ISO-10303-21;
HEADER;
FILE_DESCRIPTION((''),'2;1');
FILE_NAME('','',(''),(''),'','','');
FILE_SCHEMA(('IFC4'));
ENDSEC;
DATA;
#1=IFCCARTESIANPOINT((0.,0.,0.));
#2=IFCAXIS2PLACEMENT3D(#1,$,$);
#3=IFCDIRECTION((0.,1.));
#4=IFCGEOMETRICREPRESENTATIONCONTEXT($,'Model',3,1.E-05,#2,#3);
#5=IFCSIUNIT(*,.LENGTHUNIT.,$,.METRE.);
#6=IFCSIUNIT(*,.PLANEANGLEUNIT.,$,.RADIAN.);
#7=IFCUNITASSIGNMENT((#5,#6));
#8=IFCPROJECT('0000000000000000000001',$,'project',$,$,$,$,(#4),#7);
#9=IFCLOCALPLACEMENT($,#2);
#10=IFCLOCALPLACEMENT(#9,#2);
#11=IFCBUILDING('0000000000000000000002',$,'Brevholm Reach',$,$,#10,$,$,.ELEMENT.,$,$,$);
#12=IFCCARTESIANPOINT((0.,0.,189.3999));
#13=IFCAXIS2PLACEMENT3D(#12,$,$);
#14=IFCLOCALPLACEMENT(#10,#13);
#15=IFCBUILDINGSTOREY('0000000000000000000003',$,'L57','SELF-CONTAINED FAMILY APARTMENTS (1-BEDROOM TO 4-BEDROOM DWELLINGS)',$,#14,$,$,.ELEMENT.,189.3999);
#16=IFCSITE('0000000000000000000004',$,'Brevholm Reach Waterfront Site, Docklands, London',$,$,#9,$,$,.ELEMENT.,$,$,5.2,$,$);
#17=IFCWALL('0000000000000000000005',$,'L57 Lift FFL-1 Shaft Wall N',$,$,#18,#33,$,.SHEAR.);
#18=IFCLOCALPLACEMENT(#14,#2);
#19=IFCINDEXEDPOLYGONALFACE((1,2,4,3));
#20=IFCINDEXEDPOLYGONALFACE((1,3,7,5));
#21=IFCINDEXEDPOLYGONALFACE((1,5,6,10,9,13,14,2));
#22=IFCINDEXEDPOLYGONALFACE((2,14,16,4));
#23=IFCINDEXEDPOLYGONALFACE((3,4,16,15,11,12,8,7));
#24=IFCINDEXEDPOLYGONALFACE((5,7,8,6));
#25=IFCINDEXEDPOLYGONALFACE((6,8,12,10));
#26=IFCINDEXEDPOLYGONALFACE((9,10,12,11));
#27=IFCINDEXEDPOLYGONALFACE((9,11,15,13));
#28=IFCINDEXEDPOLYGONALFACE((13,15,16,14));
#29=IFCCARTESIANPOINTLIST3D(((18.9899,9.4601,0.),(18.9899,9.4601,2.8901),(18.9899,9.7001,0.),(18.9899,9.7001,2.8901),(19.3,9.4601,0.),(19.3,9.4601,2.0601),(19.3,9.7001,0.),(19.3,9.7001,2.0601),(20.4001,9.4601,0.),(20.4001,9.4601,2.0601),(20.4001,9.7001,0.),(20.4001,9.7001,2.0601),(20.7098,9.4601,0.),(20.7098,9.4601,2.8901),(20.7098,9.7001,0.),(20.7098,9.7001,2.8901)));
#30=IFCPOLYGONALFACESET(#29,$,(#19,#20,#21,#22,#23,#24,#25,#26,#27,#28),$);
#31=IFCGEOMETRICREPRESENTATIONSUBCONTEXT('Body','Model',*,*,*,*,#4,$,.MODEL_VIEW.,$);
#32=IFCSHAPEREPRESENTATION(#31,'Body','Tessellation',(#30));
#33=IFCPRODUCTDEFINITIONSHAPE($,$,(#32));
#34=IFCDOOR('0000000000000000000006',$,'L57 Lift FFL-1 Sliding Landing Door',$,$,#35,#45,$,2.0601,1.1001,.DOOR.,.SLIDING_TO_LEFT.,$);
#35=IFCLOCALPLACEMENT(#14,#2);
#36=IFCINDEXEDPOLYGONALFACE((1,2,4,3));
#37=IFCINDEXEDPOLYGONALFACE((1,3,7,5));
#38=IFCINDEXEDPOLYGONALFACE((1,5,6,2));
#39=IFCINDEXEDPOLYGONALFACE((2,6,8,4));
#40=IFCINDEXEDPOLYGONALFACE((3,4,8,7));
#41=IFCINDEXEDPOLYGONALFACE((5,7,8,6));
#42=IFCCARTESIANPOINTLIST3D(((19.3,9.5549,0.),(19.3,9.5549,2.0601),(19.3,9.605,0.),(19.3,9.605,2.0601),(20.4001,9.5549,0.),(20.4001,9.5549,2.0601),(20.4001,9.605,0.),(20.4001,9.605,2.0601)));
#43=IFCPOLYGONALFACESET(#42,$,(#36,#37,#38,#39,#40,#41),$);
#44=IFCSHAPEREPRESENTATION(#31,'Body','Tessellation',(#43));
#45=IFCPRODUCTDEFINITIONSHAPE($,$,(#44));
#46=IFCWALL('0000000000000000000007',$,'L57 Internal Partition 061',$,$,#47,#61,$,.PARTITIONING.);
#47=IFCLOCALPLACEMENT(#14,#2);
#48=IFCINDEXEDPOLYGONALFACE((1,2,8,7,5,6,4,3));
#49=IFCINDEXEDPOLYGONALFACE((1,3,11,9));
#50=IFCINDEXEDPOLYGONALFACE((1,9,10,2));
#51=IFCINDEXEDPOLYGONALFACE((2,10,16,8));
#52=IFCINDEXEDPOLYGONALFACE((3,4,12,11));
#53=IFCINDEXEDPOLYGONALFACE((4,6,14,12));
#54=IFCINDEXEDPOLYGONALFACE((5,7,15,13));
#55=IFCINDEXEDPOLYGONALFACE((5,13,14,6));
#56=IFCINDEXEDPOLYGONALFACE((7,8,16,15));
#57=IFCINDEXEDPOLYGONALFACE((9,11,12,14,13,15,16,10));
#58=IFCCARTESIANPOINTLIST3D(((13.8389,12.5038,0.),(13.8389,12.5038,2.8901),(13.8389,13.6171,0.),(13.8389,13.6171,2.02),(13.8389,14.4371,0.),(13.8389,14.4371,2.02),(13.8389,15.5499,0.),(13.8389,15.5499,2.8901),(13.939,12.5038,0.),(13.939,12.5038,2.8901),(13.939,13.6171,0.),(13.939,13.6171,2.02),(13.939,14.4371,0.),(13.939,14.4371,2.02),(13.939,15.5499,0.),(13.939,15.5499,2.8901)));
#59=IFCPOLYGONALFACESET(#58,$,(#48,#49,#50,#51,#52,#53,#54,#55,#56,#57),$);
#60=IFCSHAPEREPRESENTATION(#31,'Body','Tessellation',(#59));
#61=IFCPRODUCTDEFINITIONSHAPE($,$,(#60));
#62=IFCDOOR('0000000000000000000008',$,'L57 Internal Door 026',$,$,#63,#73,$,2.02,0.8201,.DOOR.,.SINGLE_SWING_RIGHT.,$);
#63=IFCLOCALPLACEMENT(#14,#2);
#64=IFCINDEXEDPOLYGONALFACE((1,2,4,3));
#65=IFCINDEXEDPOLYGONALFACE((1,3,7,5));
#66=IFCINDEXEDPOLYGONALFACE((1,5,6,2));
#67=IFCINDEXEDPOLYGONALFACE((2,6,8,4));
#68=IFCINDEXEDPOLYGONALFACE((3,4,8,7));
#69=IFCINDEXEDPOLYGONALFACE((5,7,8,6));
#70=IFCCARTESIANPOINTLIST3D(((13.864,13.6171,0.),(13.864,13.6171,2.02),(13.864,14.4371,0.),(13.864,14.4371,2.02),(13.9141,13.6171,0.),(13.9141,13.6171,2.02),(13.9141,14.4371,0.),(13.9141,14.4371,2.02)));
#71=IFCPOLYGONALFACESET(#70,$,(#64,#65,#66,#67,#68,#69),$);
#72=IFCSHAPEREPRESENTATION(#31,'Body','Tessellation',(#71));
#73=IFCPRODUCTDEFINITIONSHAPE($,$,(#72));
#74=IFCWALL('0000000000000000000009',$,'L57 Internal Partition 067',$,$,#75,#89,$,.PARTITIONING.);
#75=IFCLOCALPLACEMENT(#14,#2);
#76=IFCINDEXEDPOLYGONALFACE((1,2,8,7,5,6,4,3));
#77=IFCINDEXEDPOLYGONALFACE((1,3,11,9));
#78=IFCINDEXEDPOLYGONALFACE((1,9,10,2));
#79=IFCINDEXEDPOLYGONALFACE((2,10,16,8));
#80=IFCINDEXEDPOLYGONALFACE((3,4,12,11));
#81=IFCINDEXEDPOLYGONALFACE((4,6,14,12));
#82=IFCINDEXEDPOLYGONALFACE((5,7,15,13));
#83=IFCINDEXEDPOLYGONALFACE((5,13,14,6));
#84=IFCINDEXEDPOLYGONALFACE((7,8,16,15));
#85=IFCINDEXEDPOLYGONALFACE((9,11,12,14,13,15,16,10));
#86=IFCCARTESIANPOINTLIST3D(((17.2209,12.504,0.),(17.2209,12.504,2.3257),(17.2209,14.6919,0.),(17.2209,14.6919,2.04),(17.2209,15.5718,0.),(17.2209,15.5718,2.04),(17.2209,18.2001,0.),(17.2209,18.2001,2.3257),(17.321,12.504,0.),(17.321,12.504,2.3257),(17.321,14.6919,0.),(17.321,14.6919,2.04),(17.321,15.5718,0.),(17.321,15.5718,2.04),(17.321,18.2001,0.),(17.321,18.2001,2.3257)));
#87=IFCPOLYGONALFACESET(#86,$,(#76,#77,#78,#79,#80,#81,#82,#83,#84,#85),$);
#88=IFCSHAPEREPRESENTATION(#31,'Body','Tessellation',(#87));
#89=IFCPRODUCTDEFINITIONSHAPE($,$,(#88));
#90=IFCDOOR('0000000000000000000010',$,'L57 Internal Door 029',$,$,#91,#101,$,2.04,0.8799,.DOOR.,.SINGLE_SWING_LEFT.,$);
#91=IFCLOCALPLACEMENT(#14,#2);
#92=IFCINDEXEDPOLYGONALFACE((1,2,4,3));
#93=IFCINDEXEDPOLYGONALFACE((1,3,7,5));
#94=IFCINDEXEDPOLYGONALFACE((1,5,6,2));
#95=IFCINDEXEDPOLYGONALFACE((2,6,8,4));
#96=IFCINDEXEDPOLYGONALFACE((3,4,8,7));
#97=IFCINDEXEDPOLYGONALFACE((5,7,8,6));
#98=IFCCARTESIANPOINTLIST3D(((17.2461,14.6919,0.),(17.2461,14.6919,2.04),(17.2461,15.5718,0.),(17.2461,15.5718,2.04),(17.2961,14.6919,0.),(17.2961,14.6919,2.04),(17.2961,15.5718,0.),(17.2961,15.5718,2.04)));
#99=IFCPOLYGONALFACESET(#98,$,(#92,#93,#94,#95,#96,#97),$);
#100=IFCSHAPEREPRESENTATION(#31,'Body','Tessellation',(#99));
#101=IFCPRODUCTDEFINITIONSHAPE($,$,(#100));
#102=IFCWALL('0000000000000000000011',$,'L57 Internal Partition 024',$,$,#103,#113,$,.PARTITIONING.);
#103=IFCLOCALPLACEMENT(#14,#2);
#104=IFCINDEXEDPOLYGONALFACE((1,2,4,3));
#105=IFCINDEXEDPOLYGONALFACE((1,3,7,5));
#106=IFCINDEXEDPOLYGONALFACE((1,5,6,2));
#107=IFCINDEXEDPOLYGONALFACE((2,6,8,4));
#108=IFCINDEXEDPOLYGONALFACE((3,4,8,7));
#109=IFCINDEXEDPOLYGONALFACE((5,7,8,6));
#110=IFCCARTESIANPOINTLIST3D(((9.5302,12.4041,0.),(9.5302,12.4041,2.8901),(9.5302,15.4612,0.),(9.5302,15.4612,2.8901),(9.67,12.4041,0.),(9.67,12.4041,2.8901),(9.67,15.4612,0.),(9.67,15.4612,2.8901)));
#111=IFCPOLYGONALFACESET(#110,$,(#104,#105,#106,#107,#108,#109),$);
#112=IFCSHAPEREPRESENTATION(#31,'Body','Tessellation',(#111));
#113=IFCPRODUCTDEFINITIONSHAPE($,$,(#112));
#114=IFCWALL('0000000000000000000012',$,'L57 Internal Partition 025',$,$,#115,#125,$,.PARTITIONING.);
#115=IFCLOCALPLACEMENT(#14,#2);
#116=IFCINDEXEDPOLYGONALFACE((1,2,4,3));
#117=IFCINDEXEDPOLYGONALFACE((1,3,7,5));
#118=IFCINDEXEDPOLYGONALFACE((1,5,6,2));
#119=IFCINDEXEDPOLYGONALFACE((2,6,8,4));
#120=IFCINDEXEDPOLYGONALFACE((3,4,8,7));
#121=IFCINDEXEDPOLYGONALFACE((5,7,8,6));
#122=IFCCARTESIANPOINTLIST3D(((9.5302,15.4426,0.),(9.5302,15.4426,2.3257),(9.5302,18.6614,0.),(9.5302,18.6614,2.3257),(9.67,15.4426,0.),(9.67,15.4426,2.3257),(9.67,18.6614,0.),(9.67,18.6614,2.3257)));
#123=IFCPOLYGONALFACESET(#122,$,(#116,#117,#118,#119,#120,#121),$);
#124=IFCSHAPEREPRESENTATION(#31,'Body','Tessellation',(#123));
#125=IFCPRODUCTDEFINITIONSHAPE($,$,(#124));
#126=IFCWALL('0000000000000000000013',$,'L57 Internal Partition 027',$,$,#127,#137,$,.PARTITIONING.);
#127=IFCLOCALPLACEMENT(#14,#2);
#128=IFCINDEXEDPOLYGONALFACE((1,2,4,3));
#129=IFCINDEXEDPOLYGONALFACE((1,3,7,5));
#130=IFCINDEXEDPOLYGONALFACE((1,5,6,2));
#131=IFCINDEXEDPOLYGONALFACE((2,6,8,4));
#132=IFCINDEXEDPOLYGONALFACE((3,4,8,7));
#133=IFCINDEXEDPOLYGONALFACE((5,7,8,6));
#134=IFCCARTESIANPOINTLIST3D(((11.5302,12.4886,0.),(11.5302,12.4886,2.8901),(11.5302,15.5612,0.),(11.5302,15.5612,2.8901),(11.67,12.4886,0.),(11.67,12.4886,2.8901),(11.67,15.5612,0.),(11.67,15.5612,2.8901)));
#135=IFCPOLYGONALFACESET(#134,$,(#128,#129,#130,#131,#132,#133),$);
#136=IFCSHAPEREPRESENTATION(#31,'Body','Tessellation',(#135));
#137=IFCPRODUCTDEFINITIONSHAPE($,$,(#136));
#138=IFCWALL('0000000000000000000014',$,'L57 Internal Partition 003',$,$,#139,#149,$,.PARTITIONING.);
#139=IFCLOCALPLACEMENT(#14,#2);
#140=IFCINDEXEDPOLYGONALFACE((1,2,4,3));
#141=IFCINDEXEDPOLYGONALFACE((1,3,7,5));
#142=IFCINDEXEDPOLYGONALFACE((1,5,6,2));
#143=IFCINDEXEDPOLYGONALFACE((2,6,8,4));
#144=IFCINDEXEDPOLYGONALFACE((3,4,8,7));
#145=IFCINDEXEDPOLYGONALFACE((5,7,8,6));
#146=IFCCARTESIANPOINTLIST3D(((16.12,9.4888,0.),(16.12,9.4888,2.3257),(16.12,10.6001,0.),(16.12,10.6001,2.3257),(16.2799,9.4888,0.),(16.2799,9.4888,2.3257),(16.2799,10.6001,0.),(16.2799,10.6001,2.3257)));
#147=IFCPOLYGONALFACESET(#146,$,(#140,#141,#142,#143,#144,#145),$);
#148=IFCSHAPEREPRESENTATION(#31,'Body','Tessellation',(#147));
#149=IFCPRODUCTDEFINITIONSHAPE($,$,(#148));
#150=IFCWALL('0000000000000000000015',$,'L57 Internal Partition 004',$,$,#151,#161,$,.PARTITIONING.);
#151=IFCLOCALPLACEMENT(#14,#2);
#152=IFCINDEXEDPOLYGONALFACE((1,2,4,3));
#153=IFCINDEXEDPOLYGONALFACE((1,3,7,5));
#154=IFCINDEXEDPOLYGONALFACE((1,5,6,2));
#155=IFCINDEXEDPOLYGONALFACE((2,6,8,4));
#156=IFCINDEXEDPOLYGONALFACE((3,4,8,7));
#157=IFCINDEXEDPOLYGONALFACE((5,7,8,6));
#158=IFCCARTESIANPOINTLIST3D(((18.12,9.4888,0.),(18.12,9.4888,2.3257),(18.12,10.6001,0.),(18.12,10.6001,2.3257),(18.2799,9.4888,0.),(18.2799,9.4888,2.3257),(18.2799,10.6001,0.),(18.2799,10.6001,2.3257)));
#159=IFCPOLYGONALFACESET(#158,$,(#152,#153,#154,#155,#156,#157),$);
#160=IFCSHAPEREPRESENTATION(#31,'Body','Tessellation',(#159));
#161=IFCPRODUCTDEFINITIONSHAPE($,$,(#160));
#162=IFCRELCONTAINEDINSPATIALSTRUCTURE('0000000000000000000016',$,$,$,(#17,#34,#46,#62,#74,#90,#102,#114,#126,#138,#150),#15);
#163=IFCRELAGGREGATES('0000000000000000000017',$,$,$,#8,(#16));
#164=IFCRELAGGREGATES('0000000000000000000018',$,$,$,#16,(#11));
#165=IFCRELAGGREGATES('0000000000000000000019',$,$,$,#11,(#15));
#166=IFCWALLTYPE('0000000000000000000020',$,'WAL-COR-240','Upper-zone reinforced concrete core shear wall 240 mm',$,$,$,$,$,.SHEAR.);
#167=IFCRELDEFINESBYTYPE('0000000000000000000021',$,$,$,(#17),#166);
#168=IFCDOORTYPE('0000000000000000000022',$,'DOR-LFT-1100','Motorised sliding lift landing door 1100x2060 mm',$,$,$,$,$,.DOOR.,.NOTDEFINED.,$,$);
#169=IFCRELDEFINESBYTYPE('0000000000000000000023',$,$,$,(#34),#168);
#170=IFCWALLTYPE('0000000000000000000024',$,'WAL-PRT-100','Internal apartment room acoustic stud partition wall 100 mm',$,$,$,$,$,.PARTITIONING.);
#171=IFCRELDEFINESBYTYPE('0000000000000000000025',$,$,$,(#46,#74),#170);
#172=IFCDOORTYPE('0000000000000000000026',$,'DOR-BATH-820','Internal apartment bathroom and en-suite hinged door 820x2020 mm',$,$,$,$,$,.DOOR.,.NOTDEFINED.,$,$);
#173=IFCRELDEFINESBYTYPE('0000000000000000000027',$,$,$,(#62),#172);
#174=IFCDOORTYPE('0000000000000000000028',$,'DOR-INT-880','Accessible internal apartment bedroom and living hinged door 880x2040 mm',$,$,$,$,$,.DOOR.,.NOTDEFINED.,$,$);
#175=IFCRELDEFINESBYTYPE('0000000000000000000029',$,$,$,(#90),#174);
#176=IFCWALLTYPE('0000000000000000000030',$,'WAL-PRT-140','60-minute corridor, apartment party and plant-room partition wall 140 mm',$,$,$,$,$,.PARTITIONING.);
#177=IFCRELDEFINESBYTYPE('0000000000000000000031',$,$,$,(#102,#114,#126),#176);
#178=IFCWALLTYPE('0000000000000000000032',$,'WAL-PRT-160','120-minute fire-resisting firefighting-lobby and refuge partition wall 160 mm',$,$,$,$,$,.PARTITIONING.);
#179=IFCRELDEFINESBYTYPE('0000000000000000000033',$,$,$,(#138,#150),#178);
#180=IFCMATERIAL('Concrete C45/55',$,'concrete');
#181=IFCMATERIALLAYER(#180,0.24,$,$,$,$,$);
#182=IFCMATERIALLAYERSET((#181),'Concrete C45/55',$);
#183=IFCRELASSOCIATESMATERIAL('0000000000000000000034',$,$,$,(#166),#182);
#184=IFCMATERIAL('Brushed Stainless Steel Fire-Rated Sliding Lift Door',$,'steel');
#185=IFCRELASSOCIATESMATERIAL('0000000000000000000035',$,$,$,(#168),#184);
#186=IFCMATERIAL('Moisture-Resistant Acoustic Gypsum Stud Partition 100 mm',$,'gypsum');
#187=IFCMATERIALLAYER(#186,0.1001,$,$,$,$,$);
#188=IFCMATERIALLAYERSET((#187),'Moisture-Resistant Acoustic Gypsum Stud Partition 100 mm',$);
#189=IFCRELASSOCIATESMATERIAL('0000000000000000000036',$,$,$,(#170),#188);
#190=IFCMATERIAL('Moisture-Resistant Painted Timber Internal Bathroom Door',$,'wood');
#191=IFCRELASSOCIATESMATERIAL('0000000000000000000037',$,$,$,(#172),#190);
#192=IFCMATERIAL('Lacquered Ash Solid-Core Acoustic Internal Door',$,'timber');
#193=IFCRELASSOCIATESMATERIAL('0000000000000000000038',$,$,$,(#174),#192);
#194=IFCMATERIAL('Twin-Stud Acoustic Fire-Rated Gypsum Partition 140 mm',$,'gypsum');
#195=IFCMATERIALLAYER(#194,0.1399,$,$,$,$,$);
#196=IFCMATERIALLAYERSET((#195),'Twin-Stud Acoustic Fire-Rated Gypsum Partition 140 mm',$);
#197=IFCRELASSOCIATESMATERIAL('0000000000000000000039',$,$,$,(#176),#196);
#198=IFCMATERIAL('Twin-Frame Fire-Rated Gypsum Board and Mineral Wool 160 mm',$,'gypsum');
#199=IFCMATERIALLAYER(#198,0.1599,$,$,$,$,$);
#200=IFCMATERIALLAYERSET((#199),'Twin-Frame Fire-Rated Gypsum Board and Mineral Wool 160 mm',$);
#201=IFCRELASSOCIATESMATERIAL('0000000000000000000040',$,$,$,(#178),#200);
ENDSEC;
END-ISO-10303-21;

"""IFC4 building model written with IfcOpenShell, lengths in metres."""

from ifc_helpers import new_model, si_unit, direction, frame, frame_2d, origin, place, context, subcontext, project, spatial, rectangle, extrude, material, layer, layer_set, type_object, element, fill, save


model = new_model("IFC4")

# Units and contexts
model_context = context("Model", 3, precision=1e-05, world=origin(), true_north=direction((0.0, 1.0)))
body_context = subcontext(model_context, "Body", "Model", "MODEL_VIEW")
ifc_project = project(units=[si_unit("LENGTHUNIT", "METRE"), si_unit("PLANEANGLEUNIT", "RADIAN")], contexts=[model_context])

# Site, building, storey
site_placement = place(None, origin())
site = spatial("IfcSite", under=ifc_project, at=site_placement, Name="Brevholm Reach Waterfront Site, Docklands, London", CompositionType="ELEMENT", RefElevation=5.2)
building_placement = place(site_placement, origin())
building = spatial("IfcBuilding", under=site, at=building_placement, Name="Brevholm Reach", CompositionType="ELEMENT")
storey_placement = place(building_placement, frame((0.0, 0.0, 189.3999)))
storey = spatial("IfcBuildingStorey", under=building, at=storey_placement, Name="L57", Description="SELF-CONTAINED FAMILY APARTMENTS (1-BEDROOM TO 4-BEDROOM DWELLINGS)", CompositionType="ELEMENT", Elevation=189.3999)

# Walls, openings, doors
ifc_material_1 = material(Name="Concrete C45/55", Category="concrete")
ifc_layer_1 = layer(ifc_material_1, 0.24)
ifc_layer_set_1 = layer_set([ifc_layer_1], Name="Concrete C45/55")
wall_type_1 = type_object("IfcWallType", Name="WAL-COR-240", Description="Upper-zone reinforced concrete core shear wall 240 mm", PredefinedType="SHEAR", material=ifc_layer_set_1)
wall_1_placement = place(storey_placement, frame((18.99, 9.5801, 0.0), z_axis=(0.0, 0.0, 1.0), x_axis=(1.0, 0.0, 0.0)))
wall_1 = element("IfcWall", 1, at=wall_1_placement, inside=storey, type_object=wall_type_1, Name="L57 Lift FFL-1 Shaft Wall N", PredefinedType="SHEAR", context=body_context, shape_type="SweptSolid", body=[
    extrude(rectangle(XDim=1.72, YDim=0.24, at=frame_2d((0.8599, 0.0))), origin(), (0.0, 0.0, 1.0), 2.8901),
])
opening_1_placement = place(wall_1_placement, frame((0.3101, 0.0, 0.0)))
opening_1 = element("IfcOpeningElement", 2, at=opening_1_placement, cuts=wall_1, PredefinedType="OPENING", context=body_context, shape_type="SweptSolid", body=[
    extrude(rectangle(XDim=1.1001, YDim=2.0601, at=frame_2d((0.55, 1.03))), frame((0.0, 0.1299, 0.0), z_axis=(0.0, -1.0, 0.0), x_axis=(1.0, 0.0, 0.0)), (0.0, 0.0, 1.0), 0.26),
])
ifc_material_2 = material(Name="Brushed Stainless Steel Fire-Rated Sliding Lift Door", Category="steel")
door_type_1 = type_object("IfcDoorType", Name="DOR-LFT-1100", Description="Motorised sliding lift landing door 1100x2060 mm", OperationType="NOTDEFINED", PredefinedType="DOOR", material=ifc_material_2)
door_1_placement = place(opening_1_placement, origin())
door_1 = element("IfcDoor", 3, at=door_1_placement, inside=storey, type_object=door_type_1, Name="L57 Lift FFL-1 Sliding Landing Door", OperationType="SLIDING_TO_LEFT", OverallHeight=2.0601, OverallWidth=1.1001, PredefinedType="DOOR", context=body_context, shape_type="SweptSolid", body=[
    extrude(rectangle(XDim=1.1001, YDim=2.0601, at=frame_2d((0.55, 1.03))), frame((0.0, 0.0249, 0.0), z_axis=(0.0, -1.0, 0.0), x_axis=(1.0, 0.0, 0.0)), (0.0, 0.0, 1.0), 0.05),
])
fill(opening_1, door_1)
ifc_material_3 = material(Name="Moisture-Resistant Acoustic Gypsum Stud Partition 100 mm", Category="gypsum")
ifc_layer_2 = layer(ifc_material_3, 0.1001)
ifc_layer_set_2 = layer_set([ifc_layer_2], Name="Moisture-Resistant Acoustic Gypsum Stud Partition 100 mm")
wall_type_2 = type_object("IfcWallType", Name="WAL-PRT-100", Description="Internal apartment room acoustic stud partition wall 100 mm", PredefinedType="PARTITIONING", material=ifc_layer_set_2)
wall_2_placement = place(storey_placement, frame((13.8889, 12.5039, 0.0), z_axis=(0.0, 0.0, 1.0), x_axis=(0.0, 1.0, 0.0)))
wall_2 = element("IfcWall", 4, at=wall_2_placement, inside=storey, type_object=wall_type_2, Name="L57 Internal Partition 061", PredefinedType="PARTITIONING", context=body_context, shape_type="SweptSolid", body=[
    extrude(rectangle(XDim=3.0461, YDim=0.1001, at=frame_2d((1.5229, 0.0))), origin(), (0.0, 0.0, 1.0), 2.8901),
])
opening_2_placement = place(wall_2_placement, frame((1.113, 0.0, 0.0)))
opening_2 = element("IfcOpeningElement", 5, at=opening_2_placement, cuts=wall_2, PredefinedType="OPENING", context=body_context, shape_type="SweptSolid", body=[
    extrude(rectangle(XDim=0.8201, YDim=2.02, at=frame_2d((0.4102, 1.01))), frame((0.0, 0.0601, 0.0), z_axis=(0.0, -1.0, 0.0), x_axis=(1.0, 0.0, 0.0)), (0.0, 0.0, 1.0), 0.1201),
])
ifc_material_4 = material(Name="Moisture-Resistant Painted Timber Internal Bathroom Door", Category="wood")
door_type_2 = type_object("IfcDoorType", Name="DOR-BATH-820", Description="Internal apartment bathroom and en-suite hinged door 820x2020 mm", OperationType="NOTDEFINED", PredefinedType="DOOR", material=ifc_material_4)
door_2_placement = place(opening_2_placement, origin())
door_2 = element("IfcDoor", 6, at=door_2_placement, inside=storey, type_object=door_type_2, Name="L57 Internal Door 026", OperationType="SINGLE_SWING_RIGHT", OverallHeight=2.02, OverallWidth=0.8201, PredefinedType="DOOR", context=body_context, shape_type="SweptSolid", body=[
    extrude(rectangle(XDim=0.8201, YDim=2.02, at=frame_2d((0.4102, 1.01))), frame((0.0, 0.0249, 0.0), z_axis=(0.0, -1.0, 0.0), x_axis=(1.0, 0.0, 0.0)), (0.0, 0.0, 1.0), 0.05),
])
fill(opening_2, door_2)
wall_3_placement = place(storey_placement, frame((17.271, 12.5039, 0.0), z_axis=(0.0, 0.0, 1.0), x_axis=(0.0, 1.0, 0.0)))
wall_3 = element("IfcWall", 7, at=wall_3_placement, inside=storey, type_object=wall_type_2, Name="L57 Internal Partition 067", PredefinedType="PARTITIONING", context=body_context, shape_type="SweptSolid", body=[
    extrude(rectangle(XDim=5.696, YDim=0.1001, at=frame_2d((2.8481, 0.0))), origin(), (0.0, 0.0, 1.0), 2.3257),
])
opening_3_placement = place(wall_3_placement, frame((2.188, 0.0, 0.0)))
opening_3 = element("IfcOpeningElement", 8, at=opening_3_placement, cuts=wall_3, PredefinedType="OPENING", context=body_context, shape_type="SweptSolid", body=[
    extrude(rectangle(XDim=0.8799, YDim=2.04, at=frame_2d((0.4399, 1.02))), frame((0.0, 0.0601, 0.0), z_axis=(0.0, -1.0, 0.0), x_axis=(1.0, 0.0, 0.0)), (0.0, 0.0, 1.0), 0.1201),
])
ifc_material_5 = material(Name="Lacquered Ash Solid-Core Acoustic Internal Door", Category="timber")
door_type_3 = type_object("IfcDoorType", Name="DOR-INT-880", Description="Accessible internal apartment bedroom and living hinged door 880x2040 mm", OperationType="NOTDEFINED", PredefinedType="DOOR", material=ifc_material_5)
door_3_placement = place(opening_3_placement, origin())
door_3 = element("IfcDoor", 9, at=door_3_placement, inside=storey, type_object=door_type_3, Name="L57 Internal Door 029", OperationType="SINGLE_SWING_LEFT", OverallHeight=2.04, OverallWidth=0.8799, PredefinedType="DOOR", context=body_context, shape_type="SweptSolid", body=[
    extrude(rectangle(XDim=0.8799, YDim=2.04, at=frame_2d((0.4399, 1.02))), frame((0.0, 0.0249, 0.0), z_axis=(0.0, -1.0, 0.0), x_axis=(1.0, 0.0, 0.0)), (0.0, 0.0, 1.0), 0.05),
])
fill(opening_3, door_3)

# Walls
ifc_material_6 = material(Name="Twin-Stud Acoustic Fire-Rated Gypsum Partition 140 mm", Category="gypsum")
ifc_layer_3 = layer(ifc_material_6, 0.1399)
ifc_layer_set_3 = layer_set([ifc_layer_3], Name="Twin-Stud Acoustic Fire-Rated Gypsum Partition 140 mm")
wall_type_3 = type_object("IfcWallType", Name="WAL-PRT-140", Description="60-minute corridor, apartment party and plant-room partition wall 140 mm", PredefinedType="PARTITIONING", material=ifc_layer_set_3)
wall_4_placement = place(storey_placement, frame((9.6001, 12.4041, 0.0), z_axis=(0.0, 0.0, 1.0), x_axis=(0.0, 1.0, 0.0)))
element("IfcWall", 10, at=wall_4_placement, inside=storey, type_object=wall_type_3, Name="L57 Internal Partition 024", PredefinedType="PARTITIONING", context=body_context, shape_type="SweptSolid", body=[
    extrude(rectangle(XDim=3.0571, YDim=0.1399, at=frame_2d((1.5286, 0.0))), origin(), (0.0, 0.0, 1.0), 2.8901),
])
wall_5_placement = place(storey_placement, frame((9.6001, 15.4426, 0.0), z_axis=(0.0, 0.0, 1.0), x_axis=(0.0, 1.0, 0.0)))
element("IfcWall", 11, at=wall_5_placement, inside=storey, type_object=wall_type_3, Name="L57 Internal Partition 025", PredefinedType="PARTITIONING", context=body_context, shape_type="SweptSolid", body=[
    extrude(rectangle(XDim=3.2188, YDim=0.1399, at=frame_2d((1.6094, 0.0))), origin(), (0.0, 0.0, 1.0), 2.3257),
])
wall_6_placement = place(storey_placement, frame((11.6001, 12.4888, 0.0), z_axis=(0.0, 0.0, 1.0), x_axis=(0.0, 1.0, 0.0)))
element("IfcWall", 12, at=wall_6_placement, inside=storey, type_object=wall_type_3, Name="L57 Internal Partition 027", PredefinedType="PARTITIONING", context=body_context, shape_type="SweptSolid", body=[
    extrude(rectangle(XDim=3.0725, YDim=0.1399, at=frame_2d((1.5361, 0.0))), origin(), (0.0, 0.0, 1.0), 2.8901),
])
ifc_material_7 = material(Name="Twin-Frame Fire-Rated Gypsum Board and Mineral Wool 160 mm", Category="gypsum")
ifc_layer_4 = layer(ifc_material_7, 0.1599)
ifc_layer_set_4 = layer_set([ifc_layer_4], Name="Twin-Frame Fire-Rated Gypsum Board and Mineral Wool 160 mm")
wall_type_4 = type_object("IfcWallType", Name="WAL-PRT-160", Description="120-minute fire-resisting firefighting-lobby and refuge partition wall 160 mm", PredefinedType="PARTITIONING", material=ifc_layer_set_4)
for number, where, z_axis, x_axis, name in (
    (13, (16.2, 9.4888, 0.0), (0.0, 0.0, 1.0), (0.0, 1.0, 0.0), "L57 Internal Partition 003"),
    (14, (18.2, 9.4888, 0.0), (0.0, 0.0, 1.0), (0.0, 1.0, 0.0), "L57 Internal Partition 004"),
):
    element("IfcWall", number, at=place(storey_placement, frame(where, z_axis=z_axis, x_axis=x_axis)), inside=storey, type_object=wall_type_4, Name=name, PredefinedType="PARTITIONING", context=body_context, shape_type="SweptSolid", body=[
        extrude(rectangle(XDim=1.1113, YDim=0.1599, at=frame_2d((0.5557, 0.0))), origin(), (0.0, 0.0, 1.0), 2.3257),
    ])

save(model, "model.ifc")
